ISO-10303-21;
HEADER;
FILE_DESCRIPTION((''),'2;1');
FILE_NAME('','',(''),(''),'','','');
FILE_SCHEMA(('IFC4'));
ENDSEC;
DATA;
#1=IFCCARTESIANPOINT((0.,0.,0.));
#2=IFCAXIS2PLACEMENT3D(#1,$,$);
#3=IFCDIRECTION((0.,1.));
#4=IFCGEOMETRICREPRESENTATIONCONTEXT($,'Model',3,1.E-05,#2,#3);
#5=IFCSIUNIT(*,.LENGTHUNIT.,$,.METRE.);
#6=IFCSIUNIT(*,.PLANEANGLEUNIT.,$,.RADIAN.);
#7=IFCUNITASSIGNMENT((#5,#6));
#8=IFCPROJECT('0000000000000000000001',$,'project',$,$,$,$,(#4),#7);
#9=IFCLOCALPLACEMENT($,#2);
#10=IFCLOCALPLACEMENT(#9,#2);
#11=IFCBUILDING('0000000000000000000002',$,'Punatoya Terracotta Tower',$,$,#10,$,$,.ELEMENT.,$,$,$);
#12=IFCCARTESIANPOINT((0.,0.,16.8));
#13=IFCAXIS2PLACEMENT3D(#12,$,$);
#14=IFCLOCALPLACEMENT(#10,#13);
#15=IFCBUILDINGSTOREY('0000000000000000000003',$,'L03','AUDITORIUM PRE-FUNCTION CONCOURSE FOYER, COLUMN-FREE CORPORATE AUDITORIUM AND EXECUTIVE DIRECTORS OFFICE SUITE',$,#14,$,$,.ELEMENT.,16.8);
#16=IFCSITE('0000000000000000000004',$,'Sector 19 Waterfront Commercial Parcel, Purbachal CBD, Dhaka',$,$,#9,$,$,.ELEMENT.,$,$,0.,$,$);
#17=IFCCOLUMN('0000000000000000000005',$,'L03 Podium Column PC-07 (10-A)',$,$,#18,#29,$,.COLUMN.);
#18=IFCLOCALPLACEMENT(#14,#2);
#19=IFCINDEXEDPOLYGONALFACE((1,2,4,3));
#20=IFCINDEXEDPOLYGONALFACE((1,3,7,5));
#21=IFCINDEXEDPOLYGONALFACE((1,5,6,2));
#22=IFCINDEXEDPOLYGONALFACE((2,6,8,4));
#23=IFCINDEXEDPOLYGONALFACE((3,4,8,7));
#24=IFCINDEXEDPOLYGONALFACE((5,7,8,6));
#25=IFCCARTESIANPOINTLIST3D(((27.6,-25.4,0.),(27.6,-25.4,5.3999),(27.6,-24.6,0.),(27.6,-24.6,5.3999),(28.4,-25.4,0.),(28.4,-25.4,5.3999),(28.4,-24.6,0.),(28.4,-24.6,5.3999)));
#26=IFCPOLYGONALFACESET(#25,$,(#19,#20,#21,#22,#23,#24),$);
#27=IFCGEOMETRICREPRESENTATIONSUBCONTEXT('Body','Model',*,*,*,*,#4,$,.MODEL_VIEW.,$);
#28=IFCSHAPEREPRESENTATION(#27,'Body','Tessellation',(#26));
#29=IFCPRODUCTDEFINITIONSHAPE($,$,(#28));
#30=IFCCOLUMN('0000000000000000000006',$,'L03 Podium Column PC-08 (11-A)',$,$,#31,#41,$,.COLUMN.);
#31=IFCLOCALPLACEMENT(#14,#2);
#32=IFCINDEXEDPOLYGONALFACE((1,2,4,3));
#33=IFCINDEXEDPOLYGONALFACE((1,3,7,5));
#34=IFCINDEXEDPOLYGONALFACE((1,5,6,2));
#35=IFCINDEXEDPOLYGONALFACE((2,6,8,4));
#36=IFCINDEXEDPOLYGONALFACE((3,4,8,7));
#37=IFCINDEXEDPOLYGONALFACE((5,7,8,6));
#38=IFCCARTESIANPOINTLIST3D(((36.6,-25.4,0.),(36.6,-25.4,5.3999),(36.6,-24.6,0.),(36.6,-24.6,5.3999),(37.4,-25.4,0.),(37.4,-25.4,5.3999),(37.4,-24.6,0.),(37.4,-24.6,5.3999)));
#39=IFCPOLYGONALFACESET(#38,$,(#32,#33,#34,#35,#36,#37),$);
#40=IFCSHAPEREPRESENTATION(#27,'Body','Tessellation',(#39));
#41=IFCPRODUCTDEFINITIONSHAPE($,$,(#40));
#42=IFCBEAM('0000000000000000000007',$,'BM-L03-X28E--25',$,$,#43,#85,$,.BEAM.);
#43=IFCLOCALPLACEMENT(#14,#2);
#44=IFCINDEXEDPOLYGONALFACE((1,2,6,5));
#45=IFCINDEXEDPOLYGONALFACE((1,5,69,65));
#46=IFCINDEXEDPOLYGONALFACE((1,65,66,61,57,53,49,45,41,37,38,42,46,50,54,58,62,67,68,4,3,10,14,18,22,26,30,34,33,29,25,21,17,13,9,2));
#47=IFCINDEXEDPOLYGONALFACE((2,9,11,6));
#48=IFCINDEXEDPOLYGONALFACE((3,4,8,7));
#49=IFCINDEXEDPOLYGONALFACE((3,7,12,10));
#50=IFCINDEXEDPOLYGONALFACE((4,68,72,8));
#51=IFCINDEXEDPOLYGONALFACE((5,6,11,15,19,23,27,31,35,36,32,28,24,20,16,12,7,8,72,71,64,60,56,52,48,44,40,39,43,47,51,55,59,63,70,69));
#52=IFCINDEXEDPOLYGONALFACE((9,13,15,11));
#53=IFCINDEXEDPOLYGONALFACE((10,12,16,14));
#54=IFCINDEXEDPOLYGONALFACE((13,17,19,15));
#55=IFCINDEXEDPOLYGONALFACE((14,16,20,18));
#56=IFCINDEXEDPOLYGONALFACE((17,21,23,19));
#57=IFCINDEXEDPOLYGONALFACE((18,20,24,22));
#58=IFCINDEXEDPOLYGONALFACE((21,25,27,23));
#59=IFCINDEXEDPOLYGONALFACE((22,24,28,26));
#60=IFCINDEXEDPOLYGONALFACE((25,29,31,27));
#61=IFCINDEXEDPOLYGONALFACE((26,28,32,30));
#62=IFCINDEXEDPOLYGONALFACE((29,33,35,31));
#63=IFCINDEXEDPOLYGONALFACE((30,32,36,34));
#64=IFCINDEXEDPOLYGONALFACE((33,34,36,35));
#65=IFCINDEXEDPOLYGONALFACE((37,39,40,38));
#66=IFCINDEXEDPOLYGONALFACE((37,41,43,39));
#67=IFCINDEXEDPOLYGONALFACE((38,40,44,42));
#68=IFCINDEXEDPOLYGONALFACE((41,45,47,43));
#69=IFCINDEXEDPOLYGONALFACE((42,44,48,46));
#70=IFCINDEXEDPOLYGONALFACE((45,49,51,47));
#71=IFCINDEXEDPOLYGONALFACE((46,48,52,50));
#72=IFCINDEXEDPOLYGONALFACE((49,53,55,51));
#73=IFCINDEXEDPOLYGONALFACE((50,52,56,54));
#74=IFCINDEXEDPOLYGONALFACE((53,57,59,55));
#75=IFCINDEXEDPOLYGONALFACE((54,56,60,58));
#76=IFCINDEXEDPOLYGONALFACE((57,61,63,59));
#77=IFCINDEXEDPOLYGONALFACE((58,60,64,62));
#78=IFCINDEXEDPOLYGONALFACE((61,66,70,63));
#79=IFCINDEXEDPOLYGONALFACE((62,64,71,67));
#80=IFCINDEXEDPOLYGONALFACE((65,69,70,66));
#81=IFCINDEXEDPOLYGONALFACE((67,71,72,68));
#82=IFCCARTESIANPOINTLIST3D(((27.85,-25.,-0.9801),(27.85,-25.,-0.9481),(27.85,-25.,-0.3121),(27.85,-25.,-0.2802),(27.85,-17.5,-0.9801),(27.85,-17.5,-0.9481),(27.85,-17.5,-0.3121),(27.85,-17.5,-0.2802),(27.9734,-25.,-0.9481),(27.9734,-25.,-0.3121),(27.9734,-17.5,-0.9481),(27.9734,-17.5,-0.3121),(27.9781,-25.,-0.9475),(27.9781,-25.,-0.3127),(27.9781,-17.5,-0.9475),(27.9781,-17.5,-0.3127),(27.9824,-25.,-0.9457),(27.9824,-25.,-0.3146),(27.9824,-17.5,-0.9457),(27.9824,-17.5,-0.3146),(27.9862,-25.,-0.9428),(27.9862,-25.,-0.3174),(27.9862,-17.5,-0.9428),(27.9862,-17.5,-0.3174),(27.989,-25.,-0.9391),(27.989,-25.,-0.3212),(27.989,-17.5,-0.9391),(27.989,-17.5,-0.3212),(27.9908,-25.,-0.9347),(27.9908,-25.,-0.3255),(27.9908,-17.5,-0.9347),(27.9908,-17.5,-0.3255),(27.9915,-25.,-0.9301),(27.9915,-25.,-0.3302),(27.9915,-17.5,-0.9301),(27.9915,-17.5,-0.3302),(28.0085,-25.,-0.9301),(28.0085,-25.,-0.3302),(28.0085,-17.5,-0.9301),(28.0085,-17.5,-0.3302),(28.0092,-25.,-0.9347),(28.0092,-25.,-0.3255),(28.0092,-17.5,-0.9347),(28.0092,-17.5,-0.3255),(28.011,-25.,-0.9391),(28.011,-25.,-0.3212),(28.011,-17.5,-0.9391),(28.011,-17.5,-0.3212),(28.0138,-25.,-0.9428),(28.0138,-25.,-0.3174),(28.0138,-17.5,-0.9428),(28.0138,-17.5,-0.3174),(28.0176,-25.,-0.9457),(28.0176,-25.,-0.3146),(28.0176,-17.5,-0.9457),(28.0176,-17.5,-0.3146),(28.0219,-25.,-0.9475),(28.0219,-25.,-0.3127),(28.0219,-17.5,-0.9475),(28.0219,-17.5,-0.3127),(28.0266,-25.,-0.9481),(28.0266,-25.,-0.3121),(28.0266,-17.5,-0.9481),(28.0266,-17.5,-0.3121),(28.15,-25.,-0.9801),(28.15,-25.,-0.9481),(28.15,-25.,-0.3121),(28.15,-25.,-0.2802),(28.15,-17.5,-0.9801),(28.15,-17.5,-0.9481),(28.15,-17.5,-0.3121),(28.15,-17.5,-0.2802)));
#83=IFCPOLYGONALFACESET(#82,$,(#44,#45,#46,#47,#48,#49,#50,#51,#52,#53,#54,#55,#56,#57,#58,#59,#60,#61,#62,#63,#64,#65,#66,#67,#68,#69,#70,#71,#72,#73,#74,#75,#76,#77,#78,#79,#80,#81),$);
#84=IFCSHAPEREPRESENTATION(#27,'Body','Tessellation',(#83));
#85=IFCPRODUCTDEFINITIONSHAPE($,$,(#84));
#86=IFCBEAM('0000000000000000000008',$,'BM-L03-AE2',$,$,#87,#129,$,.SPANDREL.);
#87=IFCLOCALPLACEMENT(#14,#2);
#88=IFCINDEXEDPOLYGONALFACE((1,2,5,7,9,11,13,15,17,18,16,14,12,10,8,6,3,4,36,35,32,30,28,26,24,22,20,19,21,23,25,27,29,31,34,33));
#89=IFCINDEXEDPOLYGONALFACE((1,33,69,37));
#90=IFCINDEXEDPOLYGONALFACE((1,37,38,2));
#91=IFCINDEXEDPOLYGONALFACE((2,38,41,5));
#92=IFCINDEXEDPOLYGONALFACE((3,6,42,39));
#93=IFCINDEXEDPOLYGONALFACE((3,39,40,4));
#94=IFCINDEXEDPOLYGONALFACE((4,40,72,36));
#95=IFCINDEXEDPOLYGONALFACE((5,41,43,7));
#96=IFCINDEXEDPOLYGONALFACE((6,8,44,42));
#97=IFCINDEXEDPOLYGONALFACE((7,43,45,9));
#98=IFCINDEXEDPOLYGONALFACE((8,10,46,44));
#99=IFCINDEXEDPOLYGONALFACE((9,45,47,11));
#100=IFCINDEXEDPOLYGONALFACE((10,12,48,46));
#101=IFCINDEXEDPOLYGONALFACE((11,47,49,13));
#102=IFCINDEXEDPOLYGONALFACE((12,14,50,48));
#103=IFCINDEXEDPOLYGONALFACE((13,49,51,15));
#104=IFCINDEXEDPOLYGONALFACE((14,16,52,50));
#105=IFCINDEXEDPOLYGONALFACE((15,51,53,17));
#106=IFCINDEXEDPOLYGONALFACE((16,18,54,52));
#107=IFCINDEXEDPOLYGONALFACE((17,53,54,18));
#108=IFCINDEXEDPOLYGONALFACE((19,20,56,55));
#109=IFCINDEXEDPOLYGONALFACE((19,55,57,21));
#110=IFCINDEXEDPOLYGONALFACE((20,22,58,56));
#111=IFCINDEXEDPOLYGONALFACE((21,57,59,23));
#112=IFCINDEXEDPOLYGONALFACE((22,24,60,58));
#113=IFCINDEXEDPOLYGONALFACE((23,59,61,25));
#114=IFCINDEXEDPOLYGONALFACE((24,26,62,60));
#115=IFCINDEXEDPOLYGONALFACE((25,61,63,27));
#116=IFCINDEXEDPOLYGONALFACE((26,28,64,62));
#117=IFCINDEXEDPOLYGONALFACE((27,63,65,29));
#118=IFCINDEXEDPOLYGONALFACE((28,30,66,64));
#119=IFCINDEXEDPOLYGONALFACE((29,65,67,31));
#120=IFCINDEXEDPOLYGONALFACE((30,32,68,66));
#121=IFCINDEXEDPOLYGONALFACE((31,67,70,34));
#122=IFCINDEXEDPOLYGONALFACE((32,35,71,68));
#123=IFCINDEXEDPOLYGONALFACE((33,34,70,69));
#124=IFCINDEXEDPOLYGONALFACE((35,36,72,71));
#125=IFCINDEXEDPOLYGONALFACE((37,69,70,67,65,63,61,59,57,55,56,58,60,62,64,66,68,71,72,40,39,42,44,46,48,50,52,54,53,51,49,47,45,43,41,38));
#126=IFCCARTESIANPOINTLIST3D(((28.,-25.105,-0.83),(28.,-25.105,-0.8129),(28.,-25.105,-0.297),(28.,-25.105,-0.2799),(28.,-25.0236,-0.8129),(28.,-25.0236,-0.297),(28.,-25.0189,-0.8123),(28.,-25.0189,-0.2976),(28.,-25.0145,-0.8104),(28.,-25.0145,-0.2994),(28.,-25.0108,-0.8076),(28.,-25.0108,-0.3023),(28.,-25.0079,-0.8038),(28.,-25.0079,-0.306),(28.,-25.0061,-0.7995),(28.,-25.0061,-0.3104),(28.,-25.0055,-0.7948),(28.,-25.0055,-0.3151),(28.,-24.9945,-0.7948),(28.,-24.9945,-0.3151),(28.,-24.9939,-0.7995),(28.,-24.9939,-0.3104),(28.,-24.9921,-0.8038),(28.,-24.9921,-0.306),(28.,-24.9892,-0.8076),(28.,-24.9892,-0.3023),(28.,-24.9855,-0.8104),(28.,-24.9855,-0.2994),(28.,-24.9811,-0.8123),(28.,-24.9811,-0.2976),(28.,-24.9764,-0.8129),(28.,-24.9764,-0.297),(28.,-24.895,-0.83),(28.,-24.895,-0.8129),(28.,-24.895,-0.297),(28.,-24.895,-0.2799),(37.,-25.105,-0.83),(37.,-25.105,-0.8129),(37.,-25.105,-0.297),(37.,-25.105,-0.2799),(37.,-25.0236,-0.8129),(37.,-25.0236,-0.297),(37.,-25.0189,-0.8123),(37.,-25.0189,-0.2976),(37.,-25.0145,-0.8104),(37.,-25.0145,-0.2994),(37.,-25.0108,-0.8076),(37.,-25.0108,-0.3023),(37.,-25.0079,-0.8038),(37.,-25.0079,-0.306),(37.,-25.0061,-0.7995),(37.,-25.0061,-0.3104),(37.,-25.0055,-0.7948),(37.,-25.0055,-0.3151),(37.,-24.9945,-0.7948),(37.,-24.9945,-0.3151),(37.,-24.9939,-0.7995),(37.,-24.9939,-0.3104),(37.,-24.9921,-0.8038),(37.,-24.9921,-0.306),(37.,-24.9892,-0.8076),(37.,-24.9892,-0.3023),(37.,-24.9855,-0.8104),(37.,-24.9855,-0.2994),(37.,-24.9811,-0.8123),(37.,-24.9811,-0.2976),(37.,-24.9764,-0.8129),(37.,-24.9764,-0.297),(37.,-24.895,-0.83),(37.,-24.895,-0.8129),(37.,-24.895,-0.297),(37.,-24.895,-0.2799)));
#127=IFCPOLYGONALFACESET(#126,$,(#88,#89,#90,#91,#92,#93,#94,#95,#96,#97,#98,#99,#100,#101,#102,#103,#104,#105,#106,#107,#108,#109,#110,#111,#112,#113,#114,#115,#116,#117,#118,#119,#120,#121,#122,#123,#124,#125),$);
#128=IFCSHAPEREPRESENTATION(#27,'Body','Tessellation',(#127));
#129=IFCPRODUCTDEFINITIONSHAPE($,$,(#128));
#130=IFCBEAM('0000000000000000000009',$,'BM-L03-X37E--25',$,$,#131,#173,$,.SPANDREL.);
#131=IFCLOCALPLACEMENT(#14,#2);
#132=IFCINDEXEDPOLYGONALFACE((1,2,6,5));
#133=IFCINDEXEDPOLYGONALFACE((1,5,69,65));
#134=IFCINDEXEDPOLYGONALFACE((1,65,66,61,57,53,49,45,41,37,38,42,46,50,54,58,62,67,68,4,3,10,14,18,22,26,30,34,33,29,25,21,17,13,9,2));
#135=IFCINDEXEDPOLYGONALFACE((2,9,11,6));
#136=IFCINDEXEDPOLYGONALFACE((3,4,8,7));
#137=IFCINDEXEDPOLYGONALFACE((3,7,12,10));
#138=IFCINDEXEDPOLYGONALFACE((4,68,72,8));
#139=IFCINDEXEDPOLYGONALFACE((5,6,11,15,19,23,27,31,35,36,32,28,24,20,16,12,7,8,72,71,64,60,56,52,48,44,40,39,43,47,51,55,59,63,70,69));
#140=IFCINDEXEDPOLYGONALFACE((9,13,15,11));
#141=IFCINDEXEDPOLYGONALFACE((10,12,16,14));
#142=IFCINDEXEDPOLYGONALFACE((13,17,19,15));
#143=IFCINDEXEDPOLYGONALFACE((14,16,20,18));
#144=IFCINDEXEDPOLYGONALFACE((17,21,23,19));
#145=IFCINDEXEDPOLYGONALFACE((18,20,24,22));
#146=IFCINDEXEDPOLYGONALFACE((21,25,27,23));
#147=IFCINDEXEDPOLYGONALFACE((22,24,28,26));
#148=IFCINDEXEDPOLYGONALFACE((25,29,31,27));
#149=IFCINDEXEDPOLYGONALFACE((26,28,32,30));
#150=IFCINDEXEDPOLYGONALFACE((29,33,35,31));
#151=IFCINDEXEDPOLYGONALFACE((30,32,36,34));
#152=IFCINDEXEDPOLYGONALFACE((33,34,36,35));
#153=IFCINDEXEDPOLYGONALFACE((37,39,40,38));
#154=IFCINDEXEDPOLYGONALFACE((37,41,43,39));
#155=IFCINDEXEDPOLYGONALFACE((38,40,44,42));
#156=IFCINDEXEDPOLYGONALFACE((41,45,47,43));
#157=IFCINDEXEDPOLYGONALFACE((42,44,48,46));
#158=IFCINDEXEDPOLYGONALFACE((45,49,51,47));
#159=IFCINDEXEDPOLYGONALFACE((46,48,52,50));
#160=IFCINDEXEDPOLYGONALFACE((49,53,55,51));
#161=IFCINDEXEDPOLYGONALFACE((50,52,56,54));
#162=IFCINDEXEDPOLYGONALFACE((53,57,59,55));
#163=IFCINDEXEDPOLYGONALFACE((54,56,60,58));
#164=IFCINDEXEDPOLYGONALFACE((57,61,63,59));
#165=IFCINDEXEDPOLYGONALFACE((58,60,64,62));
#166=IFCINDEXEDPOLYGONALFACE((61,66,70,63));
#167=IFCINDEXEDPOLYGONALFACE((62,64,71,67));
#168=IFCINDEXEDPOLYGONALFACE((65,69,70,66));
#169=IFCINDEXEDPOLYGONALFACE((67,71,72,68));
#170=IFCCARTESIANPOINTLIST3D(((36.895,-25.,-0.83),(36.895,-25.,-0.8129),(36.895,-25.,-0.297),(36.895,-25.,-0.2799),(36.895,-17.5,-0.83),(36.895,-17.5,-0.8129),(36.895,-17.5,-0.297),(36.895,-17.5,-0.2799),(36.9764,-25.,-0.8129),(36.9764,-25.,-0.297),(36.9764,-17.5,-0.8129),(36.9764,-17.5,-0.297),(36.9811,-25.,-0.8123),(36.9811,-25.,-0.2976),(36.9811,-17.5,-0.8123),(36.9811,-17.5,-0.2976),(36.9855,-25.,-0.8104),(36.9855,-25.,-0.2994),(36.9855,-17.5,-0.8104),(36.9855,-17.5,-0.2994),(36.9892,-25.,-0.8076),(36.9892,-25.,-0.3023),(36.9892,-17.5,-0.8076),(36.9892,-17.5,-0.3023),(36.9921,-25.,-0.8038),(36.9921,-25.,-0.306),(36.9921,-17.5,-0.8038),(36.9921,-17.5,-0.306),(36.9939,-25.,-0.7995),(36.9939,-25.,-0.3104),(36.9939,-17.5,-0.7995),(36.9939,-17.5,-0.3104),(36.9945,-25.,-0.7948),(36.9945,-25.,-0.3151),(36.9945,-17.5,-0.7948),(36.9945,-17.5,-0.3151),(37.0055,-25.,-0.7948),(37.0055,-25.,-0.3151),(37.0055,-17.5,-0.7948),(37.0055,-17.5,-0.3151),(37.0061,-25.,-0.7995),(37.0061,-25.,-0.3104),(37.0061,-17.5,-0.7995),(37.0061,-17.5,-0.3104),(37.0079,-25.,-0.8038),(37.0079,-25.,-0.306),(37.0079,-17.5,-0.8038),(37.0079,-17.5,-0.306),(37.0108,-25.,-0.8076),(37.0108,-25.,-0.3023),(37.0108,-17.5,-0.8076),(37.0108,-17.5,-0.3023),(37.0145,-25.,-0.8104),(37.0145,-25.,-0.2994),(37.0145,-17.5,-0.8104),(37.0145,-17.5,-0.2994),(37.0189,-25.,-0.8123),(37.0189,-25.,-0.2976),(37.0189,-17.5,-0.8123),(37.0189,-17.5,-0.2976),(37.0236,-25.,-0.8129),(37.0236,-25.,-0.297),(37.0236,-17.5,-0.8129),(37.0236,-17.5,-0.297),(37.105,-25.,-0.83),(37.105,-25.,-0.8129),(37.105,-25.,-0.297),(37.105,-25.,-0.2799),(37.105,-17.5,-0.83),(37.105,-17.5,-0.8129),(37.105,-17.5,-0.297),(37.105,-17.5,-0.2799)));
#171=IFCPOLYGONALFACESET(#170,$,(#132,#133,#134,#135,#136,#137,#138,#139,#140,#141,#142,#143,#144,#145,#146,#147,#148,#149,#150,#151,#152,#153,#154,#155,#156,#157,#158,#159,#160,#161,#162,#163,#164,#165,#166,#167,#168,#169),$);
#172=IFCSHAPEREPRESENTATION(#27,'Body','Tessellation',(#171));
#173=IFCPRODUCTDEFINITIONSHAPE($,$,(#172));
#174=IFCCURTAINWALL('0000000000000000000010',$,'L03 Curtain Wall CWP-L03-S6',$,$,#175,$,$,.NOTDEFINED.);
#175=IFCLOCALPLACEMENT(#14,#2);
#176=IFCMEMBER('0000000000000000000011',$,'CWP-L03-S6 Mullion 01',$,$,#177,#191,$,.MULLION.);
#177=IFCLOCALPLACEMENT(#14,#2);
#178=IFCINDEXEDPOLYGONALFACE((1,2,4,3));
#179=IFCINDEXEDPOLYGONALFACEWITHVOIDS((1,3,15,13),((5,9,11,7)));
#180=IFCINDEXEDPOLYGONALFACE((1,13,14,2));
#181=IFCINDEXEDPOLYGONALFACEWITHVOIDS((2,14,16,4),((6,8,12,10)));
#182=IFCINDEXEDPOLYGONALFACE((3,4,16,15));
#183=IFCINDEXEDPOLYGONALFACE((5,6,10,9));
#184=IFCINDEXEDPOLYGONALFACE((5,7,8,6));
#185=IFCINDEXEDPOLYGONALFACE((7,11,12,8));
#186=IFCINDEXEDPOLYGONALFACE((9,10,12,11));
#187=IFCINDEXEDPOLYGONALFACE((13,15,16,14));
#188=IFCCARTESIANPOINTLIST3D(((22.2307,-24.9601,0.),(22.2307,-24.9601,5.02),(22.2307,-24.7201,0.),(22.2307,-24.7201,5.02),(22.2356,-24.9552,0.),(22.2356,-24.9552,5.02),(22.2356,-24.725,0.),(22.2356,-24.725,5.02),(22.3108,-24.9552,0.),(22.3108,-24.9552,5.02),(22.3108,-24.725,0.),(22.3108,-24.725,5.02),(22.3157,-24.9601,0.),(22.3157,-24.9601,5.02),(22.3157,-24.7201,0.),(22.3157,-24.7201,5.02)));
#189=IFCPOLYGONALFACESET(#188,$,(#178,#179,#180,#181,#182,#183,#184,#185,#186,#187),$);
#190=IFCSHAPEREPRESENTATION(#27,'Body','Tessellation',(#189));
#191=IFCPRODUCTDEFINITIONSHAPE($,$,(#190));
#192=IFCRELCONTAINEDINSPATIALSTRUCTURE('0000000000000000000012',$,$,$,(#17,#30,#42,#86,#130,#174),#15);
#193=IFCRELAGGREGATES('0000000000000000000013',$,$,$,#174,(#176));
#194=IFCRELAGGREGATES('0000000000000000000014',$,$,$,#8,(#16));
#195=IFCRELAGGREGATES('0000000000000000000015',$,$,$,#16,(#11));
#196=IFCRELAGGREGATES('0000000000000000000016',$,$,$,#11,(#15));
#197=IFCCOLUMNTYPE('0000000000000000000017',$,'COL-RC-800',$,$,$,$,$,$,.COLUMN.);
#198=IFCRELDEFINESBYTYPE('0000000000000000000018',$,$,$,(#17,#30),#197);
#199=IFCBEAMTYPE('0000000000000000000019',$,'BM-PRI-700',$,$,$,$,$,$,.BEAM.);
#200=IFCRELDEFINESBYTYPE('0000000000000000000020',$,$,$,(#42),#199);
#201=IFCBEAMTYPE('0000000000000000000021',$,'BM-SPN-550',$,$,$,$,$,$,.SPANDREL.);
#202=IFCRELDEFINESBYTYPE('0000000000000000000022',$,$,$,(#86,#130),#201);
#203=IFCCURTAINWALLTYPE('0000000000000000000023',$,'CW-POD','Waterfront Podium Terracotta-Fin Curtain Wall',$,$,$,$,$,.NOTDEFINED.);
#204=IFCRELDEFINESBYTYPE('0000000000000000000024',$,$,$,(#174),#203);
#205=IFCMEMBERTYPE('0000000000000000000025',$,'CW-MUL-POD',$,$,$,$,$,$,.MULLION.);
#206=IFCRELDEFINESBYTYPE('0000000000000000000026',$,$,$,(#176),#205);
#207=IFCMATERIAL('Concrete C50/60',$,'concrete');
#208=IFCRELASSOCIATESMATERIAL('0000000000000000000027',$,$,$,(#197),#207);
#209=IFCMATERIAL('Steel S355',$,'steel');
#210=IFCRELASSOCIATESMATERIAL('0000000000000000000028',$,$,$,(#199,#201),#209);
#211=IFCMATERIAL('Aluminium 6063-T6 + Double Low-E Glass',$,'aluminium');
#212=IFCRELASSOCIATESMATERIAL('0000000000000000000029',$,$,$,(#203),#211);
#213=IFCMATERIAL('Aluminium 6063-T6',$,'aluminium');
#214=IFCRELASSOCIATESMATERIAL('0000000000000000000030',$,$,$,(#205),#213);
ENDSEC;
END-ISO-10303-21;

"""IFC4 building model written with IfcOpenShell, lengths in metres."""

from ifc_helpers import new_model, si_unit, direction, frame, origin, origin_2d, place, context, subcontext, project, spatial, rectangle, hollow_rectangle, i_section, extrude, material, material_profile, profile_set, type_object, element, aggregate, save


model = new_model("IFC4")

# Units and contexts
model_context = context("Model", 3, precision=1e-05, world=origin(), true_north=direction((0.0, 1.0)))
body_context = subcontext(model_context, "Body", "Model", "MODEL_VIEW")
ifc_project = project(units=[si_unit("LENGTHUNIT", "METRE"), si_unit("PLANEANGLEUNIT", "RADIAN")], contexts=[model_context])

# Site, building, storey
site_placement = place(None, origin())
site = spatial("IfcSite", under=ifc_project, at=site_placement, Name="Sector 19 Waterfront Commercial Parcel, Purbachal CBD, Dhaka", CompositionType="ELEMENT", RefElevation=0.0)
building_placement = place(site_placement, origin())
building = spatial("IfcBuilding", under=site, at=building_placement, Name="Punatoya Terracotta Tower", CompositionType="ELEMENT")
storey_placement = place(building_placement, frame((0.0, 0.0, 16.8)))
storey = spatial("IfcBuildingStorey", under=building, at=storey_placement, Name="L03", Description="AUDITORIUM PRE-FUNCTION CONCOURSE FOYER, COLUMN-FREE CORPORATE AUDITORIUM AND EXECUTIVE DIRECTORS OFFICE SUITE", CompositionType="ELEMENT", Elevation=16.8)

# Columns
ifc_material_1 = material(Name="Concrete C50/60", Category="concrete")
ifc_material_profile_1 = material_profile(ifc_material_1, rectangle(XDim=0.8, YDim=0.8, at=origin_2d()))
ifc_profile_set_1 = profile_set([ifc_material_profile_1], Name="Concrete C50/60")
column_type = type_object("IfcColumnType", Name="COL-RC-800", PredefinedType="COLUMN", material=ifc_profile_set_1)
for number, where, z_axis, x_axis, name in (
    (1, (28.0, -25.0, 0.0), (0.0, 0.0, 1.0), (1.0, 0.0, 0.0), "L03 Podium Column PC-07 (10-A)"),
    (2, (37.0, -25.0, 0.0), (0.0, 0.0, 1.0), (1.0, 0.0, 0.0), "L03 Podium Column PC-08 (11-A)"),
):
    element("IfcColumn", number, at=place(storey_placement, frame(where, z_axis=z_axis, x_axis=x_axis)), inside=storey, type_object=column_type, Name=name, PredefinedType="COLUMN", context=body_context, shape_type="SweptSolid", body=[
        extrude(rectangle(XDim=0.8, YDim=0.8, at=origin_2d()), origin(), (0.0, 0.0, 1.0), 5.3999),
    ])

# Beams
ifc_material_2 = material(Name="Steel S355", Category="steel")
ifc_material_profile_2 = material_profile(ifc_material_2, i_section(OverallWidth=0.3, OverallDepth=0.7, WebThickness=0.0171, FlangeThickness=0.032, FilletRadius=0.0181, at=origin_2d()))
ifc_profile_set_2 = profile_set([ifc_material_profile_2], Name="Steel S355")
beam_type_1 = type_object("IfcBeamType", Name="BM-PRI-700", PredefinedType="BEAM", material=ifc_profile_set_2)
beam_1_placement = place(storey_placement, frame((28.0, -25.0, -0.6301), z_axis=(0.0, 1.0, 0.0), x_axis=(-1.0, 0.0, 0.0)))
element("IfcBeam", 3, at=beam_1_placement, inside=storey, type_object=beam_type_1, Name="BM-L03-X28E--25", PredefinedType="BEAM", context=body_context, shape_type="SweptSolid", body=[
    extrude(i_section(OverallWidth=0.3, OverallDepth=0.7, WebThickness=0.0171, FlangeThickness=0.032, FilletRadius=0.0181, at=origin_2d()), origin(), (0.0, 0.0, 1.0), 7.5),
])
ifc_material_profile_3 = material_profile(ifc_material_2, i_section(OverallWidth=0.21, OverallDepth=0.55, WebThickness=0.011, FlangeThickness=0.0171, FilletRadius=0.0181, at=origin_2d()))
ifc_profile_set_3 = profile_set([ifc_material_profile_3], Name="Steel S355")
beam_type_2 = type_object("IfcBeamType", Name="BM-SPN-550", PredefinedType="SPANDREL", material=ifc_profile_set_3)
beam_2_placement = place(storey_placement, frame((28.0, -25.0, -0.5549), z_axis=(1.0, 0.0, 0.0), x_axis=(0.0, 1.0, 0.0)))
element("IfcBeam", 4, at=beam_2_placement, inside=storey, type_object=beam_type_2, Name="BM-L03-AE2", PredefinedType="SPANDREL", context=body_context, shape_type="SweptSolid", body=[
    extrude(i_section(OverallWidth=0.21, OverallDepth=0.55, WebThickness=0.011, FlangeThickness=0.0171, FilletRadius=0.0181, at=origin_2d()), origin(), (0.0, 0.0, 1.0), 9.0),
])
beam_3_placement = place(storey_placement, frame((37.0, -25.0, -0.5549), z_axis=(0.0, 1.0, 0.0), x_axis=(-1.0, 0.0, 0.0)))
element("IfcBeam", 5, at=beam_3_placement, inside=storey, type_object=beam_type_2, Name="BM-L03-X37E--25", PredefinedType="SPANDREL", context=body_context, shape_type="SweptSolid", body=[
    extrude(i_section(OverallWidth=0.21, OverallDepth=0.55, WebThickness=0.011, FlangeThickness=0.0171, FilletRadius=0.0181, at=origin_2d()), origin(), (0.0, 0.0, 1.0), 7.5),
])

# Curtain wall, member
ifc_material_3 = material(Name="Aluminium 6063-T6 + Double Low-E Glass", Category="aluminium")
curtain_wall_type = type_object("IfcCurtainWallType", Name="CW-POD", Description="Waterfront Podium Terracotta-Fin Curtain Wall", PredefinedType="NOTDEFINED", material=ifc_material_3)
curtain_wall_1_placement = place(storey_placement, origin())
curtain_wall_1 = element("IfcCurtainWall", 6, at=curtain_wall_1_placement, inside=storey, type_object=curtain_wall_type, Name="L03 Curtain Wall CWP-L03-S6", PredefinedType="NOTDEFINED")
ifc_material_4 = material(Name="Aluminium 6063-T6", Category="aluminium")
ifc_material_profile_4 = material_profile(ifc_material_4, hollow_rectangle(XDim=0.085, YDim=0.24, WallThickness=0.0049, at=origin_2d()))
ifc_profile_set_4 = profile_set([ifc_material_profile_4], Name="Aluminium 6063-T6")
member_type_1 = type_object("IfcMemberType", Name="CW-MUL-POD", PredefinedType="MULLION", material=ifc_profile_set_4)
member_1_placement = place(storey_placement, frame((22.2732, -24.8401, 0.0), z_axis=(0.0, 0.0, 1.0), x_axis=(1.0, 0.0, 0.0)))
member_1 = element("IfcMember", 7, at=member_1_placement, type_object=member_type_1, Name="CWP-L03-S6 Mullion 01", PredefinedType="MULLION", context=body_context, shape_type="SweptSolid", body=[
    extrude(hollow_rectangle(XDim=0.085, YDim=0.24, WallThickness=0.0049, at=origin_2d()), origin(), (0.0, 0.0, 1.0), 5.02),
])

aggregate(curtain_wall_1, [member_1])

save(model, "model.ifc")
